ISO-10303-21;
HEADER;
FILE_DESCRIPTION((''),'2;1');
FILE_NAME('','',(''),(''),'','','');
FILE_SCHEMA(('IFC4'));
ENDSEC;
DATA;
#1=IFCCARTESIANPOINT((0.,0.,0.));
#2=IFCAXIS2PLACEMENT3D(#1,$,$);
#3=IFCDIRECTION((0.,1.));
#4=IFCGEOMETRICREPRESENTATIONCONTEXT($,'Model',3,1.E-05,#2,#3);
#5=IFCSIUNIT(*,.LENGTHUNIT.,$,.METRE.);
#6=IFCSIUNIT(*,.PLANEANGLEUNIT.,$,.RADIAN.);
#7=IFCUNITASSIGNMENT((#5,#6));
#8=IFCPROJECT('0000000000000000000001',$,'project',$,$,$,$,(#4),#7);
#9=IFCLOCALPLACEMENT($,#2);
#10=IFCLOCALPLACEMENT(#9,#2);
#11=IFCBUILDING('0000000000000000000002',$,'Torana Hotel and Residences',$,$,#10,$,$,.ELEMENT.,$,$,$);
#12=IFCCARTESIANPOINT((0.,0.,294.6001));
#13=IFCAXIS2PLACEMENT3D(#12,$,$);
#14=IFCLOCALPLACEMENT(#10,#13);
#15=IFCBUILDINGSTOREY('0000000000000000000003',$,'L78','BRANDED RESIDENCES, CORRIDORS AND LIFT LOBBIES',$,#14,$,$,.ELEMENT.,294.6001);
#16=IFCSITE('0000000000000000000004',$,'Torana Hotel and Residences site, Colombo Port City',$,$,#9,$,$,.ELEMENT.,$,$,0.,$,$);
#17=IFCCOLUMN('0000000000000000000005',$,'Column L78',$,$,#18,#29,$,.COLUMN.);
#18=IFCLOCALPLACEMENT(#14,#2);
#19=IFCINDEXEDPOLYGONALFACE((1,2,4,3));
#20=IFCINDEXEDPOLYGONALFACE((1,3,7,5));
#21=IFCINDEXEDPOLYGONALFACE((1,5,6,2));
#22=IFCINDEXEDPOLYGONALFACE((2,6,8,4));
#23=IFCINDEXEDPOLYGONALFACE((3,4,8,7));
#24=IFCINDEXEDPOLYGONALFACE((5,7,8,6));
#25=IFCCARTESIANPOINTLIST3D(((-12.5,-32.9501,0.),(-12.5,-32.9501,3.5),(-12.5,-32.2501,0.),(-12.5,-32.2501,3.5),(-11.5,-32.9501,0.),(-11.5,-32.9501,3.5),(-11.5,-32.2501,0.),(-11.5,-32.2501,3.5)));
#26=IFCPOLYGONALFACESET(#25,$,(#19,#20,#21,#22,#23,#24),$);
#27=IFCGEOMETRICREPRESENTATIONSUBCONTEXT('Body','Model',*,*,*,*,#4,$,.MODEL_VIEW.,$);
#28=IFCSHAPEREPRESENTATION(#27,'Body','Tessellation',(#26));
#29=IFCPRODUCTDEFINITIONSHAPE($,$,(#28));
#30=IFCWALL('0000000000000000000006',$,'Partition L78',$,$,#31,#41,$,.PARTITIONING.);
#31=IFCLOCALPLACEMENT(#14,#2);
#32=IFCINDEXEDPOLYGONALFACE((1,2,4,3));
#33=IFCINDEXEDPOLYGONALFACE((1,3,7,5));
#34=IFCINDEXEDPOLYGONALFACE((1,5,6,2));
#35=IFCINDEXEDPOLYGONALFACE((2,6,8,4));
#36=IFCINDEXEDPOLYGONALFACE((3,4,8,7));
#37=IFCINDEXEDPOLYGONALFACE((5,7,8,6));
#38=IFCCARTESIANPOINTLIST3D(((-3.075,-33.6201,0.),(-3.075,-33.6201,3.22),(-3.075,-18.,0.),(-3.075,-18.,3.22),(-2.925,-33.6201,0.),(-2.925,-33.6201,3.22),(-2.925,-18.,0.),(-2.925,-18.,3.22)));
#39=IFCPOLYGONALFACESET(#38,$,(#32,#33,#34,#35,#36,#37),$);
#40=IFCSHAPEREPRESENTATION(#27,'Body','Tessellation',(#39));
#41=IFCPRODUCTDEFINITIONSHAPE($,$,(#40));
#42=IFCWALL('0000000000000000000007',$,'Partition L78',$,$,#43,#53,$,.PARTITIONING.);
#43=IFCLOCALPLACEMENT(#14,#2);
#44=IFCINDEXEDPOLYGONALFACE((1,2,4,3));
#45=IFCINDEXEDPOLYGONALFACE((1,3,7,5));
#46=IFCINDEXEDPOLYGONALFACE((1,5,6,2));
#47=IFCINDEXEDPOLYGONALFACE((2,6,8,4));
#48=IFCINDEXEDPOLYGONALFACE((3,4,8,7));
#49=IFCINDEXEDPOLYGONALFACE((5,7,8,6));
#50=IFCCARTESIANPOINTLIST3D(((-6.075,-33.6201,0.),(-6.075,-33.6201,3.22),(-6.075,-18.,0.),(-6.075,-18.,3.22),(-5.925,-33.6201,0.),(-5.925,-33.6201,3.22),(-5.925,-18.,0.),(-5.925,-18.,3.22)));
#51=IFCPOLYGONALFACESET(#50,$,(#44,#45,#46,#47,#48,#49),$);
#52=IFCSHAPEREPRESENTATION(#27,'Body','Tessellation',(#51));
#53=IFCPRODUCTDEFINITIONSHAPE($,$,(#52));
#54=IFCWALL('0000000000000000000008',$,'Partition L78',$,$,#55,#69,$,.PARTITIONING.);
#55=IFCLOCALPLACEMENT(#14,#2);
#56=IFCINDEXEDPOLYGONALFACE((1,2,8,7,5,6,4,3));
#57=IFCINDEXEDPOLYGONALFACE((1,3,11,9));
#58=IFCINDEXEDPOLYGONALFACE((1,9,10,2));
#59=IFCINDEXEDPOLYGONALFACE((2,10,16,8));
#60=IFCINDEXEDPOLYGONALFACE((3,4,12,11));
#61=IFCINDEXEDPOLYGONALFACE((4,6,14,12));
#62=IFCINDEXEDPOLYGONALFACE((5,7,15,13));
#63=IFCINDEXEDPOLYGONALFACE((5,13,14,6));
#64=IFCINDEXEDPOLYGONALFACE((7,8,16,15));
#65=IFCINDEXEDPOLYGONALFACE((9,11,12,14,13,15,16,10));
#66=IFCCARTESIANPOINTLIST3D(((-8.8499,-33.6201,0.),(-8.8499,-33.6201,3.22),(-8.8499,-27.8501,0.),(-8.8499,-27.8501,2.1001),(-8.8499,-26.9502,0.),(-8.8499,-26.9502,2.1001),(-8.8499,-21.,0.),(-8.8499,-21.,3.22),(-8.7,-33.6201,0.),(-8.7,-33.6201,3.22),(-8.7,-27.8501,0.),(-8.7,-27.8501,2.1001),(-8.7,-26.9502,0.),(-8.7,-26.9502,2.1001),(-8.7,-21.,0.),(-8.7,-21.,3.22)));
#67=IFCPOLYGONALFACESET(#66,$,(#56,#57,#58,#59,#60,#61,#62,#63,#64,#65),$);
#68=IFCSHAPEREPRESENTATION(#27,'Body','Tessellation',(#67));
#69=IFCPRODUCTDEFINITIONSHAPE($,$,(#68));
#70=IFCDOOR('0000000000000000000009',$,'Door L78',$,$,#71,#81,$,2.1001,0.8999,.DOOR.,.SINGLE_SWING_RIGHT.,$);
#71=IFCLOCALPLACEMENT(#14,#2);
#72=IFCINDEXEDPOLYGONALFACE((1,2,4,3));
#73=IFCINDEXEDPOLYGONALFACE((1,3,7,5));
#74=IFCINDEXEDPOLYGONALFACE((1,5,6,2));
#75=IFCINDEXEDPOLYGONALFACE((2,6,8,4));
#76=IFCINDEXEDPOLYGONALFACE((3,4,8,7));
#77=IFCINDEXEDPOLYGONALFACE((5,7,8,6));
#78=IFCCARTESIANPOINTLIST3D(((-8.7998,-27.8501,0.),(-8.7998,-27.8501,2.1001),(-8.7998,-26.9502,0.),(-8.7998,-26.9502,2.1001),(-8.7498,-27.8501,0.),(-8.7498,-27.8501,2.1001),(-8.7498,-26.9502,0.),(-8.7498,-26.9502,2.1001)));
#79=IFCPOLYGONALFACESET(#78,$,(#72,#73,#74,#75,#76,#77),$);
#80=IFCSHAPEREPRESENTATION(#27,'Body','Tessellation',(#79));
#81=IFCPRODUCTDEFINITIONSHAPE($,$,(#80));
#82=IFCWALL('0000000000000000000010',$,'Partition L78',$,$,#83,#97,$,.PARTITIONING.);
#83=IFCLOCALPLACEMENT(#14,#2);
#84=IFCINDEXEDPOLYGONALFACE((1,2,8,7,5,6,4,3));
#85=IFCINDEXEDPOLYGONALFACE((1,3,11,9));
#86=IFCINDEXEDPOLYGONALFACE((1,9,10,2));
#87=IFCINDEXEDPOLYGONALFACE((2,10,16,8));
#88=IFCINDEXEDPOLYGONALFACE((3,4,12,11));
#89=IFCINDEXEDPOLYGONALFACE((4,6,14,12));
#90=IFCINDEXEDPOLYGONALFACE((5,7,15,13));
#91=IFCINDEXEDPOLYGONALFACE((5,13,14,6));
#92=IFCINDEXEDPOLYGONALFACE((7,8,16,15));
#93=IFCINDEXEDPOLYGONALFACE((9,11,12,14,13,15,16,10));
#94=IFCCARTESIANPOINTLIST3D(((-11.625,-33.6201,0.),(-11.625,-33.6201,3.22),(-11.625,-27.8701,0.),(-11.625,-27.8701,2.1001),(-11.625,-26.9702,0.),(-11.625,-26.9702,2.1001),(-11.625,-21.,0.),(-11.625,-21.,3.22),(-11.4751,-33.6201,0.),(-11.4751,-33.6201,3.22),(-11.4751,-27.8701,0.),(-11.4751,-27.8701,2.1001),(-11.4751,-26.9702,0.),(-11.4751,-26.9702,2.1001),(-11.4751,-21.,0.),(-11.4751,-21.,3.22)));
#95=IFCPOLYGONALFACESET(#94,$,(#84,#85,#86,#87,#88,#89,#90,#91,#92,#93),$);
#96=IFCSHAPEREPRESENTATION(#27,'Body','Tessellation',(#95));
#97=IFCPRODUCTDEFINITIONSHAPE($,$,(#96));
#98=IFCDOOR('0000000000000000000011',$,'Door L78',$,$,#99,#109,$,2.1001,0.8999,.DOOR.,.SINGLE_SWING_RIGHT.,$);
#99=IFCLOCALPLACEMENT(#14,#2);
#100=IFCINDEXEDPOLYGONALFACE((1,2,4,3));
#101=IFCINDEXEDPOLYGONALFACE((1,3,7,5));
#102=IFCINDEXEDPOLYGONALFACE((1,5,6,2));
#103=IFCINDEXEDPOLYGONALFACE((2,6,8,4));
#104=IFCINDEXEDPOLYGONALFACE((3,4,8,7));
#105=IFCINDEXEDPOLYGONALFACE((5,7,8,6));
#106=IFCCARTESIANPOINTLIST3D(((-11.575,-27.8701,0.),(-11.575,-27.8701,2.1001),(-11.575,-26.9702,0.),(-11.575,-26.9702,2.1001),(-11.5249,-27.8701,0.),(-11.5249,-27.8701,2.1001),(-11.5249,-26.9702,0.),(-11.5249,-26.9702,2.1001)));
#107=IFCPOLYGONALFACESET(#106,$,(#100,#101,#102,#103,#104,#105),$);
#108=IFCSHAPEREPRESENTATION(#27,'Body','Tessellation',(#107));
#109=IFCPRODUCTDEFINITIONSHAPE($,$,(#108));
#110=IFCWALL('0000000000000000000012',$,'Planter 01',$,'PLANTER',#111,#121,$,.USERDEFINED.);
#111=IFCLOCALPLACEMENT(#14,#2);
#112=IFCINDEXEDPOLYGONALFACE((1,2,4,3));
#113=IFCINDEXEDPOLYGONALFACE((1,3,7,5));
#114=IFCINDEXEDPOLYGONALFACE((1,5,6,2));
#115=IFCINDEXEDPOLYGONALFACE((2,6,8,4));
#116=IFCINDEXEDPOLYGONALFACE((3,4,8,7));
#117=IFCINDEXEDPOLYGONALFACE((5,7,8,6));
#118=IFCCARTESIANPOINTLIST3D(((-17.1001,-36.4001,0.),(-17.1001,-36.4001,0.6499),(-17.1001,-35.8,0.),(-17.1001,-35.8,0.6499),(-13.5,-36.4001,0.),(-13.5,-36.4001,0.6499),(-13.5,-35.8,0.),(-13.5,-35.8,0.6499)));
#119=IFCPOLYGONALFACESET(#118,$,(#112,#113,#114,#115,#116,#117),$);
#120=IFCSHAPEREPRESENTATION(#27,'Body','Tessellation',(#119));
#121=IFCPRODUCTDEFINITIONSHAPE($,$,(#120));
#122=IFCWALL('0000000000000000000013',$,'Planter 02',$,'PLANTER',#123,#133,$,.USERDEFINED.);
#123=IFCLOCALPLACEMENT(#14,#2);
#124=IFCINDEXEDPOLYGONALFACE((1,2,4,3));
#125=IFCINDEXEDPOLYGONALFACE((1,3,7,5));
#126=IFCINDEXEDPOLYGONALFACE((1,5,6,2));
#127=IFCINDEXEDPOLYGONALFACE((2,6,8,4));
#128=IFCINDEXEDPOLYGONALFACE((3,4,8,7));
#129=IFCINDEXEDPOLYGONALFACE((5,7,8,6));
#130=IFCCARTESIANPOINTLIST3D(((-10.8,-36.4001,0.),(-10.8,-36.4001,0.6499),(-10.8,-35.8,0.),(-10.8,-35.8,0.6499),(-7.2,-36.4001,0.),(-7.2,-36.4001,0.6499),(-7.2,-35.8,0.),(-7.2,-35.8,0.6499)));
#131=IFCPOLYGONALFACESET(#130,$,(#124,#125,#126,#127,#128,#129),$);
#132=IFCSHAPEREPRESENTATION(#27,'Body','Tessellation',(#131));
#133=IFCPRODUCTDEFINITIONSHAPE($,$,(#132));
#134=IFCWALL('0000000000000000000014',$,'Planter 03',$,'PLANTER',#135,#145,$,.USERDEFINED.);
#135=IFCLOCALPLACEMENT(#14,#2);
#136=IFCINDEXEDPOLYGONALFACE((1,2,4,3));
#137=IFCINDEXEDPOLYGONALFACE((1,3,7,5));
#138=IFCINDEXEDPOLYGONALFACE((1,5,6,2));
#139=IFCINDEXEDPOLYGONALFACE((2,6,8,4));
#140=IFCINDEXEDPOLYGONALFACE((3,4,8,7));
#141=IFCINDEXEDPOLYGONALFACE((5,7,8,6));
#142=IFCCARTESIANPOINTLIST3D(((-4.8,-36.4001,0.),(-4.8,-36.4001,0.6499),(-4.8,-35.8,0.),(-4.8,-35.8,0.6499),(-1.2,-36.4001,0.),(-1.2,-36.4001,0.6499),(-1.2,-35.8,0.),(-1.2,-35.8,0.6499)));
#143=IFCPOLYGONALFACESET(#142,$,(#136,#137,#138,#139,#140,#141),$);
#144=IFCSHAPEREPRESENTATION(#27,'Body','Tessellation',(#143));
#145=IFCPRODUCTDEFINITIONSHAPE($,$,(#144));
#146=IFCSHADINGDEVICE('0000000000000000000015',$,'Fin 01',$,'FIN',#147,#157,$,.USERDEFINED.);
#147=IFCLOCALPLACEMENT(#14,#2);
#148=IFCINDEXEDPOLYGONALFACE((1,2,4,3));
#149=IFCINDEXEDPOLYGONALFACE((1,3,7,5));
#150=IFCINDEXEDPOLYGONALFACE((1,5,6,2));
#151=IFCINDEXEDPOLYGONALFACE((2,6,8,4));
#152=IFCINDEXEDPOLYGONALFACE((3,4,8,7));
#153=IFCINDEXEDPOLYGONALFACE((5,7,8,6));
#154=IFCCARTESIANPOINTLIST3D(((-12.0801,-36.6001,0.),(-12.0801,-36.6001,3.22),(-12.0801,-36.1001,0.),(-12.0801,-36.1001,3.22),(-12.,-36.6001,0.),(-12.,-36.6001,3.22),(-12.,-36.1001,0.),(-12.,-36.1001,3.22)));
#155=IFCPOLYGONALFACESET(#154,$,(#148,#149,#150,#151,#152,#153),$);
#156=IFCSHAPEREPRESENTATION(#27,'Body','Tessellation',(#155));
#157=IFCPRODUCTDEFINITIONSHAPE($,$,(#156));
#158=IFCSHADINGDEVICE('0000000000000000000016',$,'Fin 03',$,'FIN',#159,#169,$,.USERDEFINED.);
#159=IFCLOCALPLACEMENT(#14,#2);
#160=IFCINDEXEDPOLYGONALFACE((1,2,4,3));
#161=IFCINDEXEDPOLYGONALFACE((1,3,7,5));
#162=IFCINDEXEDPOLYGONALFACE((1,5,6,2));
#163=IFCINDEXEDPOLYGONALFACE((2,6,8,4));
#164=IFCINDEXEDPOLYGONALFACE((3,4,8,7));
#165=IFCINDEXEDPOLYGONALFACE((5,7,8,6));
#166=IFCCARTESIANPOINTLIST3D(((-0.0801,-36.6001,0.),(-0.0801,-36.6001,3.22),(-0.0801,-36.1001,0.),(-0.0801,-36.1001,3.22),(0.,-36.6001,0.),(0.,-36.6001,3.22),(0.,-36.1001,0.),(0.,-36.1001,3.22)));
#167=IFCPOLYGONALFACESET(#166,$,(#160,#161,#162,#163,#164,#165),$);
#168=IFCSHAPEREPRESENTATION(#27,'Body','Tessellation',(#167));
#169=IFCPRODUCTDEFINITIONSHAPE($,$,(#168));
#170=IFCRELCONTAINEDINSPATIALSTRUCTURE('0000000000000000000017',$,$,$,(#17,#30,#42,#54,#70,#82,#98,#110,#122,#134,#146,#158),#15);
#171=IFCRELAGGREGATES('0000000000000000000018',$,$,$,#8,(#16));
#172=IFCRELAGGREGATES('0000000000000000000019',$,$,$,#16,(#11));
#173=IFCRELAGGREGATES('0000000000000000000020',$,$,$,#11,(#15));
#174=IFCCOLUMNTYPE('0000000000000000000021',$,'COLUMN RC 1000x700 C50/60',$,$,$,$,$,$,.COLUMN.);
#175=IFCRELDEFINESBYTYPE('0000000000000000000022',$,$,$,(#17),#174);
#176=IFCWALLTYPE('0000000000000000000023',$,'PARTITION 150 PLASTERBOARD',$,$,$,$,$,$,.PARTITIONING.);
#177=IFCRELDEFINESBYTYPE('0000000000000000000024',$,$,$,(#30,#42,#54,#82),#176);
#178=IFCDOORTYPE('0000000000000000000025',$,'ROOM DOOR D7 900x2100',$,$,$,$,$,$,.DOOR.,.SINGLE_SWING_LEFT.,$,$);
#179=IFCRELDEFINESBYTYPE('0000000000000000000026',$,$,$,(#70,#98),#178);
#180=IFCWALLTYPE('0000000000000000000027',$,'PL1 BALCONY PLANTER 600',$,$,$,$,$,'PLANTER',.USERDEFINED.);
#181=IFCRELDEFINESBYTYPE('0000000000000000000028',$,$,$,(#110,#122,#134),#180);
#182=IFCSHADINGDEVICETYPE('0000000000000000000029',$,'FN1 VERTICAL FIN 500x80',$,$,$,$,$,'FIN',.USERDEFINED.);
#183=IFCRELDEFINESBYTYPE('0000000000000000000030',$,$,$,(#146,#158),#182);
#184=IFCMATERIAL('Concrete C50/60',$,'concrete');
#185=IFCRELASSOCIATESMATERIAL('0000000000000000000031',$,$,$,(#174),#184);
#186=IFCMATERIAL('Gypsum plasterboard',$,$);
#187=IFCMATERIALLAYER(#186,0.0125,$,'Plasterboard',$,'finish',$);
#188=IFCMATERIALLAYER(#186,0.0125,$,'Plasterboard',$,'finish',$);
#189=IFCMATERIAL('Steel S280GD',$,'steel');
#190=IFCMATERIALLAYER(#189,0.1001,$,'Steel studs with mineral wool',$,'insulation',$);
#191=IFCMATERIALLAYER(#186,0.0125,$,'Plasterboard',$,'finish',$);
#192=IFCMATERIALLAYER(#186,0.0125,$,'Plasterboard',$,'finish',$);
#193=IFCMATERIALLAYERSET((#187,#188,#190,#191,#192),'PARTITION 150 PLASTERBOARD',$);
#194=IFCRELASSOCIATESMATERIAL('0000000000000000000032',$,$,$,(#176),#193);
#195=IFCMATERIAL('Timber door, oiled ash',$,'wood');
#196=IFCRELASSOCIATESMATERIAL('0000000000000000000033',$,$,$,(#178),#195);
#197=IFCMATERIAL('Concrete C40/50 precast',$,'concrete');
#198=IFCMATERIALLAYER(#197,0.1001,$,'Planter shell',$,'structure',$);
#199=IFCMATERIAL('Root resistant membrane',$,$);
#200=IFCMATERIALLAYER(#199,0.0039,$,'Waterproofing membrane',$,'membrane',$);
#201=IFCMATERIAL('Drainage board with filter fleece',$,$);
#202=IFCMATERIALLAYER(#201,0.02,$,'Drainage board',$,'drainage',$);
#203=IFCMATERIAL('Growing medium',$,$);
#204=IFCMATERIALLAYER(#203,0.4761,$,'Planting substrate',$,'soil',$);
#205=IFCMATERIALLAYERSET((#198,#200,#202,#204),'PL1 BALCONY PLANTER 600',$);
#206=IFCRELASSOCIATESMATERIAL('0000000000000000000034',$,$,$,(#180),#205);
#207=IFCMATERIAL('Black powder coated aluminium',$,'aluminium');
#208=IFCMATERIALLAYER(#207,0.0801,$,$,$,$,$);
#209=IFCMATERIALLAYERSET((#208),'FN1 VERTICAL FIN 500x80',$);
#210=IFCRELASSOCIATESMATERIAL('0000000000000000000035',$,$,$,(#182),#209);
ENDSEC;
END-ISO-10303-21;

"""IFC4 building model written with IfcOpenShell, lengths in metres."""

from ifc_helpers import new_model, si_unit, direction, frame, frame_2d, origin, origin_2d, place, context, subcontext, project, spatial, rectangle, extrude, material, layer, layer_set, material_profile, profile_set, type_object, element, fill, save


model = new_model("IFC4")

# Units and contexts
model_context = context("Model", 3, precision=1e-05, world=origin(), true_north=direction((0.0, 1.0)))
body_context = subcontext(model_context, "Body", "Model", "MODEL_VIEW")
ifc_project = project(units=[si_unit("LENGTHUNIT", "METRE"), si_unit("PLANEANGLEUNIT", "RADIAN")], contexts=[model_context])

# Site, building, storey
site_placement = place(None, origin())
site = spatial("IfcSite", under=ifc_project, at=site_placement, Name="Torana Hotel and Residences site, Colombo Port City", CompositionType="ELEMENT", RefElevation=0.0)
building_placement = place(site_placement, origin())
building = spatial("IfcBuilding", under=site, at=building_placement, Name="Torana Hotel and Residences", CompositionType="ELEMENT")
storey_placement = place(building_placement, frame((0.0, 0.0, 294.6001)))
storey = spatial("IfcBuildingStorey", under=building, at=storey_placement, Name="L78", Description="BRANDED RESIDENCES, CORRIDORS AND LIFT LOBBIES", CompositionType="ELEMENT", Elevation=294.6001)

# Column
ifc_material_1 = material(Name="Concrete C50/60", Category="concrete")
ifc_material_profile = material_profile(ifc_material_1, rectangle(XDim=1.0, YDim=0.7, at=origin_2d()), Name="RC 1000x700")
ifc_profile_set = profile_set([ifc_material_profile], Name="Concrete C50/60")
column_type = type_object("IfcColumnType", Name="COLUMN RC 1000x700 C50/60", PredefinedType="COLUMN", material=ifc_profile_set)
column_placement = place(storey_placement, frame((-12.0, -32.6001, 0.0), z_axis=(0.0, 0.0, 1.0), x_axis=(1.0, 0.0, 0.0)))
element("IfcColumn", 1, at=column_placement, inside=storey, type_object=column_type, Name="Column L78", PredefinedType="COLUMN", context=body_context, shape_type="SweptSolid", body=[
    extrude(rectangle(XDim=1.0, YDim=0.7, at=origin_2d()), origin(), (0.0, 0.0, 1.0), 3.5),
])

# Walls
ifc_material_2 = material(Name="Gypsum plasterboard")
ifc_layer_1 = layer(ifc_material_2, 0.0125, Name="Plasterboard", Category="finish")
ifc_layer_2 = layer(ifc_material_2, 0.0125, Name="Plasterboard", Category="finish")
ifc_material_3 = material(Name="Steel S280GD", Category="steel")
ifc_layer_3 = layer(ifc_material_3, 0.1001, Name="Steel studs with mineral wool", Category="insulation")
ifc_layer_4 = layer(ifc_material_2, 0.0125, Name="Plasterboard", Category="finish")
ifc_layer_5 = layer(ifc_material_2, 0.0125, Name="Plasterboard", Category="finish")
ifc_layer_set_1 = layer_set([ifc_layer_1, ifc_layer_2, ifc_layer_3, ifc_layer_4, ifc_layer_5], Name="PARTITION 150 PLASTERBOARD")
wall_type_1 = type_object("IfcWallType", Name="PARTITION 150 PLASTERBOARD", PredefinedType="PARTITIONING", material=ifc_layer_set_1)
for number, where, z_axis, x_axis, name in (
    (2, (-3.0, -33.6201, 0.0), (0.0, 0.0, 1.0), (0.0, 1.0, 0.0), "Partition L78"),
    (3, (-6.0, -33.6201, 0.0), (0.0, 0.0, 1.0), (0.0, 1.0, 0.0), "Partition L78"),
):
    element("IfcWall", number, at=place(storey_placement, frame(where, z_axis=z_axis, x_axis=x_axis)), inside=storey, type_object=wall_type_1, Name=name, PredefinedType="PARTITIONING", context=body_context, shape_type="SweptSolid", body=[
        extrude(rectangle(XDim=15.6201, YDim=0.1499, at=frame_2d((7.8101, 0.0))), origin(), (0.0, 0.0, 1.0), 3.22),
    ])

# Walls, openings, doors
wall_1_placement = place(storey_placement, frame((-8.7749, -33.6201, 0.0), z_axis=(0.0, 0.0, 1.0), x_axis=(0.0, 1.0, 0.0)))
wall_1 = element("IfcWall", 4, at=wall_1_placement, inside=storey, type_object=wall_type_1, Name="Partition L78", PredefinedType="PARTITIONING", context=body_context, shape_type="SweptSolid", body=[
    extrude(rectangle(XDim=12.6201, YDim=0.1499, at=frame_2d((6.3101, 0.0))), origin(), (0.0, 0.0, 1.0), 3.22),
])
opening_1_placement = place(wall_1_placement, frame((5.77, 0.0, 0.0)))
opening_1 = element("IfcOpeningElement", 5, at=opening_1_placement, cuts=wall_1, PredefinedType="OPENING", context=body_context, shape_type="SweptSolid", body=[
    extrude(rectangle(XDim=0.8999, YDim=2.1001, at=frame_2d((0.45, 1.05))), frame((0.0, 0.085, 0.0), z_axis=(0.0, -1.0, 0.0), x_axis=(1.0, 0.0, 0.0)), (0.0, 0.0, 1.0), 0.1699),
])
ifc_material_4 = material(Name="Timber door, oiled ash", Category="wood")
door_type = type_object("IfcDoorType", Name="ROOM DOOR D7 900x2100", OperationType="SINGLE_SWING_LEFT", PredefinedType="DOOR", material=ifc_material_4)
door_1_placement = place(opening_1_placement, origin())
door_1 = element("IfcDoor", 6, at=door_1_placement, inside=storey, type_object=door_type, Name="Door L78", OperationType="SINGLE_SWING_RIGHT", OverallHeight=2.1001, OverallWidth=0.8999, PredefinedType="DOOR", context=body_context, shape_type="SweptSolid", body=[
    extrude(rectangle(XDim=0.8999, YDim=2.1001, at=frame_2d((0.45, 1.05))), frame((0.0, 0.0249, 0.0), z_axis=(0.0, -1.0, 0.0), x_axis=(1.0, 0.0, 0.0)), (0.0, 0.0, 1.0), 0.05),
])
fill(opening_1, door_1)
wall_2_placement = place(storey_placement, frame((-11.55, -33.6201, 0.0), z_axis=(0.0, 0.0, 1.0), x_axis=(0.0, 1.0, 0.0)))
wall_2 = element("IfcWall", 7, at=wall_2_placement, inside=storey, type_object=wall_type_1, Name="Partition L78", PredefinedType="PARTITIONING", context=body_context, shape_type="SweptSolid", body=[
    extrude(rectangle(XDim=12.6201, YDim=0.1499, at=frame_2d((6.3101, 0.0))), origin(), (0.0, 0.0, 1.0), 3.22),
])
opening_2_placement = place(wall_2_placement, frame((5.75, 0.0, 0.0)))
opening_2 = element("IfcOpeningElement", 8, at=opening_2_placement, cuts=wall_2, PredefinedType="OPENING", context=body_context, shape_type="SweptSolid", body=[
    extrude(rectangle(XDim=0.8999, YDim=2.1001, at=frame_2d((0.45, 1.05))), frame((0.0, 0.085, 0.0), z_axis=(0.0, -1.0, 0.0), x_axis=(1.0, 0.0, 0.0)), (0.0, 0.0, 1.0), 0.1699),
])
door_2_placement = place(opening_2_placement, origin())
door_2 = element("IfcDoor", 9, at=door_2_placement, inside=storey, type_object=door_type, Name="Door L78", OperationType="SINGLE_SWING_RIGHT", OverallHeight=2.1001, OverallWidth=0.8999, PredefinedType="DOOR", context=body_context, shape_type="SweptSolid", body=[
    extrude(rectangle(XDim=0.8999, YDim=2.1001, at=frame_2d((0.45, 1.05))), frame((0.0, 0.0249, 0.0), z_axis=(0.0, -1.0, 0.0), x_axis=(1.0, 0.0, 0.0)), (0.0, 0.0, 1.0), 0.05),
])
fill(opening_2, door_2)

# Walls
ifc_material_5 = material(Name="Concrete C40/50 precast", Category="concrete")
ifc_layer_6 = layer(ifc_material_5, 0.1001, Name="Planter shell", Category="structure")
ifc_material_6 = material(Name="Root resistant membrane")
ifc_layer_7 = layer(ifc_material_6, 0.0039, Name="Waterproofing membrane", Category="membrane")
ifc_material_7 = material(Name="Drainage board with filter fleece")
ifc_layer_8 = layer(ifc_material_7, 0.02, Name="Drainage board", Category="drainage")
ifc_material_8 = material(Name="Growing medium")
ifc_layer_9 = layer(ifc_material_8, 0.4761, Name="Planting substrate", Category="soil")
ifc_layer_set_2 = layer_set([ifc_layer_6, ifc_layer_7, ifc_layer_8, ifc_layer_9], Name="PL1 BALCONY PLANTER 600")
wall_type_2 = type_object("IfcWallType", Name="PL1 BALCONY PLANTER 600", ElementType="PLANTER", PredefinedType="USERDEFINED", material=ifc_layer_set_2)
for number, where, z_axis, x_axis, name in (
    (10, (-13.5, -36.1001, 0.0), (0.0, 0.0, 1.0), (-1.0, 0.0, 0.0), "Planter 01"),
    (11, (-7.2, -36.1001, 0.0), (0.0, 0.0, 1.0), (-1.0, 0.0, 0.0), "Planter 02"),
    (12, (-1.2, -36.1001, 0.0), (0.0, 0.0, 1.0), (-1.0, 0.0, 0.0), "Planter 03"),
):
    element("IfcWall", number, at=place(storey_placement, frame(where, z_axis=z_axis, x_axis=x_axis)), inside=storey, type_object=wall_type_2, Name=name, ObjectType="PLANTER", PredefinedType="USERDEFINED", context=body_context, shape_type="SweptSolid", body=[
        extrude(rectangle(XDim=3.6001, YDim=0.6001, at=frame_2d((1.8, 0.0))), origin(), (0.0, 0.0, 1.0), 0.6499),
    ])

# Shading devices
ifc_material_9 = material(Name="Black powder coated aluminium", Category="aluminium")
ifc_layer_10 = layer(ifc_material_9, 0.0801)
ifc_layer_set_3 = layer_set([ifc_layer_10], Name="FN1 VERTICAL FIN 500x80")
shading_device_type = type_object("IfcShadingDeviceType", Name="FN1 VERTICAL FIN 500x80", ElementType="FIN", PredefinedType="USERDEFINED", material=ifc_layer_set_3)
for number, where, z_axis, x_axis, name in (
    (13, (-12.04, -36.3501, 0.0), (0.0, 0.0, 1.0), (-1.0, 0.0, 0.0), "Fin 01"),
    (14, (-0.04, -36.3501, 0.0), (0.0, 0.0, 1.0), (-1.0, 0.0, 0.0), "Fin 03"),
):
    element("IfcShadingDevice", number, at=place(storey_placement, frame(where, z_axis=z_axis, x_axis=x_axis)), inside=storey, type_object=shading_device_type, Name=name, ObjectType="FIN", PredefinedType="USERDEFINED", context=body_context, shape_type="SweptSolid", body=[
        extrude(rectangle(XDim=0.0801, YDim=0.5, at=origin_2d()), origin(), (0.0, 0.0, 1.0), 3.22),
    ])

save(model, "model.ifc")
